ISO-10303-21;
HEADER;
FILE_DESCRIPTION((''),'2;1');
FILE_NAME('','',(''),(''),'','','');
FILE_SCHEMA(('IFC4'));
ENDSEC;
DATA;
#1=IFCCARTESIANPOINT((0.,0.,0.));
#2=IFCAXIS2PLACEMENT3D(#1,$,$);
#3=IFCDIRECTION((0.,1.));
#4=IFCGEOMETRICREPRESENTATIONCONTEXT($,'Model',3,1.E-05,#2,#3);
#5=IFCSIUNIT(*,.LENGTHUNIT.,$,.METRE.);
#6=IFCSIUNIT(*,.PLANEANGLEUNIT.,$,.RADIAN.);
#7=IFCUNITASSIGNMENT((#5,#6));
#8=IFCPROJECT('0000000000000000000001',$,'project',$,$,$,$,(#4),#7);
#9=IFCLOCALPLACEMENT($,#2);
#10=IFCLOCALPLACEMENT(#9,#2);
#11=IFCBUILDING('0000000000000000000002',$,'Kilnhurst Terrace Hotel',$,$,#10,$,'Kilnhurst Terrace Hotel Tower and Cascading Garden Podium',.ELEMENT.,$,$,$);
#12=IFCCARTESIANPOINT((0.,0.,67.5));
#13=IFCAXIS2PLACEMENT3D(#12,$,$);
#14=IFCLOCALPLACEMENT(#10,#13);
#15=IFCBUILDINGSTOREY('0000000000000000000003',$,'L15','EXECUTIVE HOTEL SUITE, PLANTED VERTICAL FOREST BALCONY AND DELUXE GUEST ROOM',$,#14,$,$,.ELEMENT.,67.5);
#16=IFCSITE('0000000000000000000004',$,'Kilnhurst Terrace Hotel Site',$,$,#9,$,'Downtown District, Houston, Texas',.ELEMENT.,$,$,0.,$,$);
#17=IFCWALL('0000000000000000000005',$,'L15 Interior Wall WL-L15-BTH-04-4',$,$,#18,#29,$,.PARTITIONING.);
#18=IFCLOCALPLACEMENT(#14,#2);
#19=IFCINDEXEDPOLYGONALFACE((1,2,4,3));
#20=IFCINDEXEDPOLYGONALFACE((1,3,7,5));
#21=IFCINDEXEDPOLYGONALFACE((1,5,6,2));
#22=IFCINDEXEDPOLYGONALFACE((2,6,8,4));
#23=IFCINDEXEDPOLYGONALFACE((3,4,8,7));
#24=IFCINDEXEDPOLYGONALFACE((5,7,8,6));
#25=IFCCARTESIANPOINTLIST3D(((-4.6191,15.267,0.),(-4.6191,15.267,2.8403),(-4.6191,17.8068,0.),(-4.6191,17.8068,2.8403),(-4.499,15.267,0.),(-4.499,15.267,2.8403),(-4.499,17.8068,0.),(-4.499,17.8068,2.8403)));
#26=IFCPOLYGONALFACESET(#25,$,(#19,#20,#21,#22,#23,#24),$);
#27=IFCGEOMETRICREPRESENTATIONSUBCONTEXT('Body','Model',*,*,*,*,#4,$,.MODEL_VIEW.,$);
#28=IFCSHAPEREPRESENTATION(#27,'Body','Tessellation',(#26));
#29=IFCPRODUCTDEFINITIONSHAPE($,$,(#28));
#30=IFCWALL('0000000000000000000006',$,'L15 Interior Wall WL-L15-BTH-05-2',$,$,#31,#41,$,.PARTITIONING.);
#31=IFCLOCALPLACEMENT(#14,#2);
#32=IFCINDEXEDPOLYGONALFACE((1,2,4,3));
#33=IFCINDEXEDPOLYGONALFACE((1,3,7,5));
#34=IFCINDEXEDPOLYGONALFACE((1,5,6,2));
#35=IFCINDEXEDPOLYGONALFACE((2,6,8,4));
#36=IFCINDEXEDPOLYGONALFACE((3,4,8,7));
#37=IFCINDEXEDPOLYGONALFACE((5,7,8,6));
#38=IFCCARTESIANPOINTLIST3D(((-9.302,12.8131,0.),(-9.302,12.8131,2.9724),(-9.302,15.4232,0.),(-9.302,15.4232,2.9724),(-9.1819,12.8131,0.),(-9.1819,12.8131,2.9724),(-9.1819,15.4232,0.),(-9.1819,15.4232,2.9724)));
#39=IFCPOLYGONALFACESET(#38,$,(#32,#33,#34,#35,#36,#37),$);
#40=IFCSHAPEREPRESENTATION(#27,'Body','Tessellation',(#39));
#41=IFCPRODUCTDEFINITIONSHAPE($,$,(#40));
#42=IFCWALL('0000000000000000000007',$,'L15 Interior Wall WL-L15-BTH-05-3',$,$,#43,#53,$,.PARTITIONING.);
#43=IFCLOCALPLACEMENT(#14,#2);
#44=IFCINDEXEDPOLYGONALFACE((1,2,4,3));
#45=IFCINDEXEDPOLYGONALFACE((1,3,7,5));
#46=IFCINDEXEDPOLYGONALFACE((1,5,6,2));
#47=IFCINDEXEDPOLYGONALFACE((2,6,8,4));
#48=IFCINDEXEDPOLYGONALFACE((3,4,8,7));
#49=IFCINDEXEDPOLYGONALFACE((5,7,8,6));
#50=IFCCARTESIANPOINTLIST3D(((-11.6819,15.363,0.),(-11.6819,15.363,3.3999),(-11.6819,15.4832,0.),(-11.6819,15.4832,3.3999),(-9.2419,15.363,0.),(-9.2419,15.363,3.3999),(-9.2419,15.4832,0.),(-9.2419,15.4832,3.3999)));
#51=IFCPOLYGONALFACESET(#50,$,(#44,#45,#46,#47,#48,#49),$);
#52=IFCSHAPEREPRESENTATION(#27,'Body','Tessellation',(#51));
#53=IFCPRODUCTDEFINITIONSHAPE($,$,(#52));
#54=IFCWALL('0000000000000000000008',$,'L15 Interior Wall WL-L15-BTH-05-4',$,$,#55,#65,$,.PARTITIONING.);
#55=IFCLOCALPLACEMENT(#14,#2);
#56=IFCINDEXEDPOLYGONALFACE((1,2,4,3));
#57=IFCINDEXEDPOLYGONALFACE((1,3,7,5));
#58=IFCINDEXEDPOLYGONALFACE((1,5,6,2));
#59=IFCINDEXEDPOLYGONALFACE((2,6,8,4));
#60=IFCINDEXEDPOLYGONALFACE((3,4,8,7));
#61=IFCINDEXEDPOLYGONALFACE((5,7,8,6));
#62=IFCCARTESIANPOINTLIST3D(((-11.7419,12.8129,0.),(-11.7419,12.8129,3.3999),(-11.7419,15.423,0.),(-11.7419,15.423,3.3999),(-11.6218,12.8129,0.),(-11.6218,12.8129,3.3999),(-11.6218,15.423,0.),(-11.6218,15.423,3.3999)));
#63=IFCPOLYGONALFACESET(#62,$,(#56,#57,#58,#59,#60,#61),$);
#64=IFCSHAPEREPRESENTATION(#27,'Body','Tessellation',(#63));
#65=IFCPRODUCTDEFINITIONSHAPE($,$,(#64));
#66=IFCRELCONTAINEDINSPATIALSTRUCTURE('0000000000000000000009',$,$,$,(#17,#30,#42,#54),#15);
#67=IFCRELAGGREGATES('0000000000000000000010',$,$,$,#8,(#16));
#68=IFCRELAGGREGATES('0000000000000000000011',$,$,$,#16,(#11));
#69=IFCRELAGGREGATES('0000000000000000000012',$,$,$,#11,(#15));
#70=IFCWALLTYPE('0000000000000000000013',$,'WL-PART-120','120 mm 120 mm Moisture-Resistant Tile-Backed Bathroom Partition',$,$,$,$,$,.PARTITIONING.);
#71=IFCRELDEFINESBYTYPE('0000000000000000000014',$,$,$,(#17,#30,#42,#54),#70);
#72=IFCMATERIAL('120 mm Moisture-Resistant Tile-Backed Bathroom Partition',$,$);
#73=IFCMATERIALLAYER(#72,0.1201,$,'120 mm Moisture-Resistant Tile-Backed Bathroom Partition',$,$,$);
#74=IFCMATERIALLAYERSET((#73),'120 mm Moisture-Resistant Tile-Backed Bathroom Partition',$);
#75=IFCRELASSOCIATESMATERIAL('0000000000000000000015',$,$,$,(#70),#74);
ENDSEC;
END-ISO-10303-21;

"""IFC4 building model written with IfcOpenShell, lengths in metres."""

from ifc_helpers import new_model, si_unit, direction, frame, frame_2d, origin, place, context, subcontext, project, spatial, rectangle, extrude, material, layer, layer_set, type_object, element, save


model = new_model("IFC4")

# Units and contexts
model_context = context("Model", 3, precision=1e-05, world=origin(), true_north=direction((0.0, 1.0)))
body_context = subcontext(model_context, "Body", "Model", "MODEL_VIEW")
ifc_project = project(units=[si_unit("LENGTHUNIT", "METRE"), si_unit("PLANEANGLEUNIT", "RADIAN")], contexts=[model_context])

# Site, building, storey
site_placement = place(None, origin())
site = spatial("IfcSite", under=ifc_project, at=site_placement, Name="Kilnhurst Terrace Hotel Site", LongName="Downtown District, Houston, Texas", CompositionType="ELEMENT", RefElevation=0.0)
building_placement = place(site_placement, origin())
building = spatial("IfcBuilding", under=site, at=building_placement, Name="Kilnhurst Terrace Hotel", LongName="Kilnhurst Terrace Hotel Tower and Cascading Garden Podium", CompositionType="ELEMENT")
storey_placement = place(building_placement, frame((0.0, 0.0, 67.5)))
storey = spatial("IfcBuildingStorey", under=building, at=storey_placement, Name="L15", Description="EXECUTIVE HOTEL SUITE, PLANTED VERTICAL FOREST BALCONY AND DELUXE GUEST ROOM", CompositionType="ELEMENT", Elevation=67.5)

# Shared definitions
ifc_material_1 = material(Name="120 mm Moisture-Resistant Tile-Backed Bathroom Partition")
ifc_layer_1 = layer(ifc_material_1, 0.1201, Name="120 mm Moisture-Resistant Tile-Backed Bathroom Partition")
ifc_layer_set_1 = layer_set([ifc_layer_1], Name="120 mm Moisture-Resistant Tile-Backed Bathroom Partition")
wall_type_1 = type_object("IfcWallType", Name="WL-PART-120", Description="120 mm 120 mm Moisture-Resistant Tile-Backed Bathroom Partition", PredefinedType="PARTITIONING", material=ifc_layer_set_1)

# Walls
wall_1_placement = place(storey_placement, frame((-4.5591, 17.8069, 0.0), z_axis=(0.0, 0.0, 1.0), x_axis=(0.0, -1.0, 0.0)))
element("IfcWall", 1, at=wall_1_placement, inside=storey, type_object=wall_type_1, Name="L15 Interior Wall WL-L15-BTH-04-4", PredefinedType="PARTITIONING", context=body_context, shape_type="SweptSolid", body=[
    extrude(rectangle(XDim=2.5398, YDim=0.1201, at=frame_2d((1.27, 0.0))), origin(), (0.0, 0.0, 1.0), 2.8403),
])
wall_2_placement = place(storey_placement, frame((-9.2419, 12.813, 0.0), z_axis=(0.0, 0.0, 1.0), x_axis=(0.0, 1.0, 0.0)))
element("IfcWall", 2, at=wall_2_placement, inside=storey, type_object=wall_type_1, Name="L15 Interior Wall WL-L15-BTH-05-2", PredefinedType="PARTITIONING", context=body_context, shape_type="SweptSolid", body=[
    extrude(rectangle(XDim=2.6101, YDim=0.1201, at=frame_2d((1.3052, 0.0))), origin(), (0.0, 0.0, 1.0), 2.9724),
])
wall_3_placement = place(storey_placement, frame((-9.2419, 15.4231, 0.0), z_axis=(0.0, 0.0, 1.0), x_axis=(-1.0, 0.0, 0.0)))
element("IfcWall", 3, at=wall_3_placement, inside=storey, type_object=wall_type_1, Name="L15 Interior Wall WL-L15-BTH-05-3", PredefinedType="PARTITIONING", context=body_context, shape_type="SweptSolid", body=[
    extrude(rectangle(XDim=2.4399, YDim=0.1201, at=frame_2d((1.22, 0.0))), origin(), (0.0, 0.0, 1.0), 3.3999),
])
wall_4_placement = place(storey_placement, frame((-11.6819, 15.4231, 0.0), z_axis=(0.0, 0.0, 1.0), x_axis=(0.0, -1.0, 0.0)))
element("IfcWall", 4, at=wall_4_placement, inside=storey, type_object=wall_type_1, Name="L15 Interior Wall WL-L15-BTH-05-4", PredefinedType="PARTITIONING", context=body_context, shape_type="SweptSolid", body=[
    extrude(rectangle(XDim=2.6101, YDim=0.1201, at=frame_2d((1.3052, 0.0))), origin(), (0.0, 0.0, 1.0), 3.3999),
])

save(model, "model.ifc")
